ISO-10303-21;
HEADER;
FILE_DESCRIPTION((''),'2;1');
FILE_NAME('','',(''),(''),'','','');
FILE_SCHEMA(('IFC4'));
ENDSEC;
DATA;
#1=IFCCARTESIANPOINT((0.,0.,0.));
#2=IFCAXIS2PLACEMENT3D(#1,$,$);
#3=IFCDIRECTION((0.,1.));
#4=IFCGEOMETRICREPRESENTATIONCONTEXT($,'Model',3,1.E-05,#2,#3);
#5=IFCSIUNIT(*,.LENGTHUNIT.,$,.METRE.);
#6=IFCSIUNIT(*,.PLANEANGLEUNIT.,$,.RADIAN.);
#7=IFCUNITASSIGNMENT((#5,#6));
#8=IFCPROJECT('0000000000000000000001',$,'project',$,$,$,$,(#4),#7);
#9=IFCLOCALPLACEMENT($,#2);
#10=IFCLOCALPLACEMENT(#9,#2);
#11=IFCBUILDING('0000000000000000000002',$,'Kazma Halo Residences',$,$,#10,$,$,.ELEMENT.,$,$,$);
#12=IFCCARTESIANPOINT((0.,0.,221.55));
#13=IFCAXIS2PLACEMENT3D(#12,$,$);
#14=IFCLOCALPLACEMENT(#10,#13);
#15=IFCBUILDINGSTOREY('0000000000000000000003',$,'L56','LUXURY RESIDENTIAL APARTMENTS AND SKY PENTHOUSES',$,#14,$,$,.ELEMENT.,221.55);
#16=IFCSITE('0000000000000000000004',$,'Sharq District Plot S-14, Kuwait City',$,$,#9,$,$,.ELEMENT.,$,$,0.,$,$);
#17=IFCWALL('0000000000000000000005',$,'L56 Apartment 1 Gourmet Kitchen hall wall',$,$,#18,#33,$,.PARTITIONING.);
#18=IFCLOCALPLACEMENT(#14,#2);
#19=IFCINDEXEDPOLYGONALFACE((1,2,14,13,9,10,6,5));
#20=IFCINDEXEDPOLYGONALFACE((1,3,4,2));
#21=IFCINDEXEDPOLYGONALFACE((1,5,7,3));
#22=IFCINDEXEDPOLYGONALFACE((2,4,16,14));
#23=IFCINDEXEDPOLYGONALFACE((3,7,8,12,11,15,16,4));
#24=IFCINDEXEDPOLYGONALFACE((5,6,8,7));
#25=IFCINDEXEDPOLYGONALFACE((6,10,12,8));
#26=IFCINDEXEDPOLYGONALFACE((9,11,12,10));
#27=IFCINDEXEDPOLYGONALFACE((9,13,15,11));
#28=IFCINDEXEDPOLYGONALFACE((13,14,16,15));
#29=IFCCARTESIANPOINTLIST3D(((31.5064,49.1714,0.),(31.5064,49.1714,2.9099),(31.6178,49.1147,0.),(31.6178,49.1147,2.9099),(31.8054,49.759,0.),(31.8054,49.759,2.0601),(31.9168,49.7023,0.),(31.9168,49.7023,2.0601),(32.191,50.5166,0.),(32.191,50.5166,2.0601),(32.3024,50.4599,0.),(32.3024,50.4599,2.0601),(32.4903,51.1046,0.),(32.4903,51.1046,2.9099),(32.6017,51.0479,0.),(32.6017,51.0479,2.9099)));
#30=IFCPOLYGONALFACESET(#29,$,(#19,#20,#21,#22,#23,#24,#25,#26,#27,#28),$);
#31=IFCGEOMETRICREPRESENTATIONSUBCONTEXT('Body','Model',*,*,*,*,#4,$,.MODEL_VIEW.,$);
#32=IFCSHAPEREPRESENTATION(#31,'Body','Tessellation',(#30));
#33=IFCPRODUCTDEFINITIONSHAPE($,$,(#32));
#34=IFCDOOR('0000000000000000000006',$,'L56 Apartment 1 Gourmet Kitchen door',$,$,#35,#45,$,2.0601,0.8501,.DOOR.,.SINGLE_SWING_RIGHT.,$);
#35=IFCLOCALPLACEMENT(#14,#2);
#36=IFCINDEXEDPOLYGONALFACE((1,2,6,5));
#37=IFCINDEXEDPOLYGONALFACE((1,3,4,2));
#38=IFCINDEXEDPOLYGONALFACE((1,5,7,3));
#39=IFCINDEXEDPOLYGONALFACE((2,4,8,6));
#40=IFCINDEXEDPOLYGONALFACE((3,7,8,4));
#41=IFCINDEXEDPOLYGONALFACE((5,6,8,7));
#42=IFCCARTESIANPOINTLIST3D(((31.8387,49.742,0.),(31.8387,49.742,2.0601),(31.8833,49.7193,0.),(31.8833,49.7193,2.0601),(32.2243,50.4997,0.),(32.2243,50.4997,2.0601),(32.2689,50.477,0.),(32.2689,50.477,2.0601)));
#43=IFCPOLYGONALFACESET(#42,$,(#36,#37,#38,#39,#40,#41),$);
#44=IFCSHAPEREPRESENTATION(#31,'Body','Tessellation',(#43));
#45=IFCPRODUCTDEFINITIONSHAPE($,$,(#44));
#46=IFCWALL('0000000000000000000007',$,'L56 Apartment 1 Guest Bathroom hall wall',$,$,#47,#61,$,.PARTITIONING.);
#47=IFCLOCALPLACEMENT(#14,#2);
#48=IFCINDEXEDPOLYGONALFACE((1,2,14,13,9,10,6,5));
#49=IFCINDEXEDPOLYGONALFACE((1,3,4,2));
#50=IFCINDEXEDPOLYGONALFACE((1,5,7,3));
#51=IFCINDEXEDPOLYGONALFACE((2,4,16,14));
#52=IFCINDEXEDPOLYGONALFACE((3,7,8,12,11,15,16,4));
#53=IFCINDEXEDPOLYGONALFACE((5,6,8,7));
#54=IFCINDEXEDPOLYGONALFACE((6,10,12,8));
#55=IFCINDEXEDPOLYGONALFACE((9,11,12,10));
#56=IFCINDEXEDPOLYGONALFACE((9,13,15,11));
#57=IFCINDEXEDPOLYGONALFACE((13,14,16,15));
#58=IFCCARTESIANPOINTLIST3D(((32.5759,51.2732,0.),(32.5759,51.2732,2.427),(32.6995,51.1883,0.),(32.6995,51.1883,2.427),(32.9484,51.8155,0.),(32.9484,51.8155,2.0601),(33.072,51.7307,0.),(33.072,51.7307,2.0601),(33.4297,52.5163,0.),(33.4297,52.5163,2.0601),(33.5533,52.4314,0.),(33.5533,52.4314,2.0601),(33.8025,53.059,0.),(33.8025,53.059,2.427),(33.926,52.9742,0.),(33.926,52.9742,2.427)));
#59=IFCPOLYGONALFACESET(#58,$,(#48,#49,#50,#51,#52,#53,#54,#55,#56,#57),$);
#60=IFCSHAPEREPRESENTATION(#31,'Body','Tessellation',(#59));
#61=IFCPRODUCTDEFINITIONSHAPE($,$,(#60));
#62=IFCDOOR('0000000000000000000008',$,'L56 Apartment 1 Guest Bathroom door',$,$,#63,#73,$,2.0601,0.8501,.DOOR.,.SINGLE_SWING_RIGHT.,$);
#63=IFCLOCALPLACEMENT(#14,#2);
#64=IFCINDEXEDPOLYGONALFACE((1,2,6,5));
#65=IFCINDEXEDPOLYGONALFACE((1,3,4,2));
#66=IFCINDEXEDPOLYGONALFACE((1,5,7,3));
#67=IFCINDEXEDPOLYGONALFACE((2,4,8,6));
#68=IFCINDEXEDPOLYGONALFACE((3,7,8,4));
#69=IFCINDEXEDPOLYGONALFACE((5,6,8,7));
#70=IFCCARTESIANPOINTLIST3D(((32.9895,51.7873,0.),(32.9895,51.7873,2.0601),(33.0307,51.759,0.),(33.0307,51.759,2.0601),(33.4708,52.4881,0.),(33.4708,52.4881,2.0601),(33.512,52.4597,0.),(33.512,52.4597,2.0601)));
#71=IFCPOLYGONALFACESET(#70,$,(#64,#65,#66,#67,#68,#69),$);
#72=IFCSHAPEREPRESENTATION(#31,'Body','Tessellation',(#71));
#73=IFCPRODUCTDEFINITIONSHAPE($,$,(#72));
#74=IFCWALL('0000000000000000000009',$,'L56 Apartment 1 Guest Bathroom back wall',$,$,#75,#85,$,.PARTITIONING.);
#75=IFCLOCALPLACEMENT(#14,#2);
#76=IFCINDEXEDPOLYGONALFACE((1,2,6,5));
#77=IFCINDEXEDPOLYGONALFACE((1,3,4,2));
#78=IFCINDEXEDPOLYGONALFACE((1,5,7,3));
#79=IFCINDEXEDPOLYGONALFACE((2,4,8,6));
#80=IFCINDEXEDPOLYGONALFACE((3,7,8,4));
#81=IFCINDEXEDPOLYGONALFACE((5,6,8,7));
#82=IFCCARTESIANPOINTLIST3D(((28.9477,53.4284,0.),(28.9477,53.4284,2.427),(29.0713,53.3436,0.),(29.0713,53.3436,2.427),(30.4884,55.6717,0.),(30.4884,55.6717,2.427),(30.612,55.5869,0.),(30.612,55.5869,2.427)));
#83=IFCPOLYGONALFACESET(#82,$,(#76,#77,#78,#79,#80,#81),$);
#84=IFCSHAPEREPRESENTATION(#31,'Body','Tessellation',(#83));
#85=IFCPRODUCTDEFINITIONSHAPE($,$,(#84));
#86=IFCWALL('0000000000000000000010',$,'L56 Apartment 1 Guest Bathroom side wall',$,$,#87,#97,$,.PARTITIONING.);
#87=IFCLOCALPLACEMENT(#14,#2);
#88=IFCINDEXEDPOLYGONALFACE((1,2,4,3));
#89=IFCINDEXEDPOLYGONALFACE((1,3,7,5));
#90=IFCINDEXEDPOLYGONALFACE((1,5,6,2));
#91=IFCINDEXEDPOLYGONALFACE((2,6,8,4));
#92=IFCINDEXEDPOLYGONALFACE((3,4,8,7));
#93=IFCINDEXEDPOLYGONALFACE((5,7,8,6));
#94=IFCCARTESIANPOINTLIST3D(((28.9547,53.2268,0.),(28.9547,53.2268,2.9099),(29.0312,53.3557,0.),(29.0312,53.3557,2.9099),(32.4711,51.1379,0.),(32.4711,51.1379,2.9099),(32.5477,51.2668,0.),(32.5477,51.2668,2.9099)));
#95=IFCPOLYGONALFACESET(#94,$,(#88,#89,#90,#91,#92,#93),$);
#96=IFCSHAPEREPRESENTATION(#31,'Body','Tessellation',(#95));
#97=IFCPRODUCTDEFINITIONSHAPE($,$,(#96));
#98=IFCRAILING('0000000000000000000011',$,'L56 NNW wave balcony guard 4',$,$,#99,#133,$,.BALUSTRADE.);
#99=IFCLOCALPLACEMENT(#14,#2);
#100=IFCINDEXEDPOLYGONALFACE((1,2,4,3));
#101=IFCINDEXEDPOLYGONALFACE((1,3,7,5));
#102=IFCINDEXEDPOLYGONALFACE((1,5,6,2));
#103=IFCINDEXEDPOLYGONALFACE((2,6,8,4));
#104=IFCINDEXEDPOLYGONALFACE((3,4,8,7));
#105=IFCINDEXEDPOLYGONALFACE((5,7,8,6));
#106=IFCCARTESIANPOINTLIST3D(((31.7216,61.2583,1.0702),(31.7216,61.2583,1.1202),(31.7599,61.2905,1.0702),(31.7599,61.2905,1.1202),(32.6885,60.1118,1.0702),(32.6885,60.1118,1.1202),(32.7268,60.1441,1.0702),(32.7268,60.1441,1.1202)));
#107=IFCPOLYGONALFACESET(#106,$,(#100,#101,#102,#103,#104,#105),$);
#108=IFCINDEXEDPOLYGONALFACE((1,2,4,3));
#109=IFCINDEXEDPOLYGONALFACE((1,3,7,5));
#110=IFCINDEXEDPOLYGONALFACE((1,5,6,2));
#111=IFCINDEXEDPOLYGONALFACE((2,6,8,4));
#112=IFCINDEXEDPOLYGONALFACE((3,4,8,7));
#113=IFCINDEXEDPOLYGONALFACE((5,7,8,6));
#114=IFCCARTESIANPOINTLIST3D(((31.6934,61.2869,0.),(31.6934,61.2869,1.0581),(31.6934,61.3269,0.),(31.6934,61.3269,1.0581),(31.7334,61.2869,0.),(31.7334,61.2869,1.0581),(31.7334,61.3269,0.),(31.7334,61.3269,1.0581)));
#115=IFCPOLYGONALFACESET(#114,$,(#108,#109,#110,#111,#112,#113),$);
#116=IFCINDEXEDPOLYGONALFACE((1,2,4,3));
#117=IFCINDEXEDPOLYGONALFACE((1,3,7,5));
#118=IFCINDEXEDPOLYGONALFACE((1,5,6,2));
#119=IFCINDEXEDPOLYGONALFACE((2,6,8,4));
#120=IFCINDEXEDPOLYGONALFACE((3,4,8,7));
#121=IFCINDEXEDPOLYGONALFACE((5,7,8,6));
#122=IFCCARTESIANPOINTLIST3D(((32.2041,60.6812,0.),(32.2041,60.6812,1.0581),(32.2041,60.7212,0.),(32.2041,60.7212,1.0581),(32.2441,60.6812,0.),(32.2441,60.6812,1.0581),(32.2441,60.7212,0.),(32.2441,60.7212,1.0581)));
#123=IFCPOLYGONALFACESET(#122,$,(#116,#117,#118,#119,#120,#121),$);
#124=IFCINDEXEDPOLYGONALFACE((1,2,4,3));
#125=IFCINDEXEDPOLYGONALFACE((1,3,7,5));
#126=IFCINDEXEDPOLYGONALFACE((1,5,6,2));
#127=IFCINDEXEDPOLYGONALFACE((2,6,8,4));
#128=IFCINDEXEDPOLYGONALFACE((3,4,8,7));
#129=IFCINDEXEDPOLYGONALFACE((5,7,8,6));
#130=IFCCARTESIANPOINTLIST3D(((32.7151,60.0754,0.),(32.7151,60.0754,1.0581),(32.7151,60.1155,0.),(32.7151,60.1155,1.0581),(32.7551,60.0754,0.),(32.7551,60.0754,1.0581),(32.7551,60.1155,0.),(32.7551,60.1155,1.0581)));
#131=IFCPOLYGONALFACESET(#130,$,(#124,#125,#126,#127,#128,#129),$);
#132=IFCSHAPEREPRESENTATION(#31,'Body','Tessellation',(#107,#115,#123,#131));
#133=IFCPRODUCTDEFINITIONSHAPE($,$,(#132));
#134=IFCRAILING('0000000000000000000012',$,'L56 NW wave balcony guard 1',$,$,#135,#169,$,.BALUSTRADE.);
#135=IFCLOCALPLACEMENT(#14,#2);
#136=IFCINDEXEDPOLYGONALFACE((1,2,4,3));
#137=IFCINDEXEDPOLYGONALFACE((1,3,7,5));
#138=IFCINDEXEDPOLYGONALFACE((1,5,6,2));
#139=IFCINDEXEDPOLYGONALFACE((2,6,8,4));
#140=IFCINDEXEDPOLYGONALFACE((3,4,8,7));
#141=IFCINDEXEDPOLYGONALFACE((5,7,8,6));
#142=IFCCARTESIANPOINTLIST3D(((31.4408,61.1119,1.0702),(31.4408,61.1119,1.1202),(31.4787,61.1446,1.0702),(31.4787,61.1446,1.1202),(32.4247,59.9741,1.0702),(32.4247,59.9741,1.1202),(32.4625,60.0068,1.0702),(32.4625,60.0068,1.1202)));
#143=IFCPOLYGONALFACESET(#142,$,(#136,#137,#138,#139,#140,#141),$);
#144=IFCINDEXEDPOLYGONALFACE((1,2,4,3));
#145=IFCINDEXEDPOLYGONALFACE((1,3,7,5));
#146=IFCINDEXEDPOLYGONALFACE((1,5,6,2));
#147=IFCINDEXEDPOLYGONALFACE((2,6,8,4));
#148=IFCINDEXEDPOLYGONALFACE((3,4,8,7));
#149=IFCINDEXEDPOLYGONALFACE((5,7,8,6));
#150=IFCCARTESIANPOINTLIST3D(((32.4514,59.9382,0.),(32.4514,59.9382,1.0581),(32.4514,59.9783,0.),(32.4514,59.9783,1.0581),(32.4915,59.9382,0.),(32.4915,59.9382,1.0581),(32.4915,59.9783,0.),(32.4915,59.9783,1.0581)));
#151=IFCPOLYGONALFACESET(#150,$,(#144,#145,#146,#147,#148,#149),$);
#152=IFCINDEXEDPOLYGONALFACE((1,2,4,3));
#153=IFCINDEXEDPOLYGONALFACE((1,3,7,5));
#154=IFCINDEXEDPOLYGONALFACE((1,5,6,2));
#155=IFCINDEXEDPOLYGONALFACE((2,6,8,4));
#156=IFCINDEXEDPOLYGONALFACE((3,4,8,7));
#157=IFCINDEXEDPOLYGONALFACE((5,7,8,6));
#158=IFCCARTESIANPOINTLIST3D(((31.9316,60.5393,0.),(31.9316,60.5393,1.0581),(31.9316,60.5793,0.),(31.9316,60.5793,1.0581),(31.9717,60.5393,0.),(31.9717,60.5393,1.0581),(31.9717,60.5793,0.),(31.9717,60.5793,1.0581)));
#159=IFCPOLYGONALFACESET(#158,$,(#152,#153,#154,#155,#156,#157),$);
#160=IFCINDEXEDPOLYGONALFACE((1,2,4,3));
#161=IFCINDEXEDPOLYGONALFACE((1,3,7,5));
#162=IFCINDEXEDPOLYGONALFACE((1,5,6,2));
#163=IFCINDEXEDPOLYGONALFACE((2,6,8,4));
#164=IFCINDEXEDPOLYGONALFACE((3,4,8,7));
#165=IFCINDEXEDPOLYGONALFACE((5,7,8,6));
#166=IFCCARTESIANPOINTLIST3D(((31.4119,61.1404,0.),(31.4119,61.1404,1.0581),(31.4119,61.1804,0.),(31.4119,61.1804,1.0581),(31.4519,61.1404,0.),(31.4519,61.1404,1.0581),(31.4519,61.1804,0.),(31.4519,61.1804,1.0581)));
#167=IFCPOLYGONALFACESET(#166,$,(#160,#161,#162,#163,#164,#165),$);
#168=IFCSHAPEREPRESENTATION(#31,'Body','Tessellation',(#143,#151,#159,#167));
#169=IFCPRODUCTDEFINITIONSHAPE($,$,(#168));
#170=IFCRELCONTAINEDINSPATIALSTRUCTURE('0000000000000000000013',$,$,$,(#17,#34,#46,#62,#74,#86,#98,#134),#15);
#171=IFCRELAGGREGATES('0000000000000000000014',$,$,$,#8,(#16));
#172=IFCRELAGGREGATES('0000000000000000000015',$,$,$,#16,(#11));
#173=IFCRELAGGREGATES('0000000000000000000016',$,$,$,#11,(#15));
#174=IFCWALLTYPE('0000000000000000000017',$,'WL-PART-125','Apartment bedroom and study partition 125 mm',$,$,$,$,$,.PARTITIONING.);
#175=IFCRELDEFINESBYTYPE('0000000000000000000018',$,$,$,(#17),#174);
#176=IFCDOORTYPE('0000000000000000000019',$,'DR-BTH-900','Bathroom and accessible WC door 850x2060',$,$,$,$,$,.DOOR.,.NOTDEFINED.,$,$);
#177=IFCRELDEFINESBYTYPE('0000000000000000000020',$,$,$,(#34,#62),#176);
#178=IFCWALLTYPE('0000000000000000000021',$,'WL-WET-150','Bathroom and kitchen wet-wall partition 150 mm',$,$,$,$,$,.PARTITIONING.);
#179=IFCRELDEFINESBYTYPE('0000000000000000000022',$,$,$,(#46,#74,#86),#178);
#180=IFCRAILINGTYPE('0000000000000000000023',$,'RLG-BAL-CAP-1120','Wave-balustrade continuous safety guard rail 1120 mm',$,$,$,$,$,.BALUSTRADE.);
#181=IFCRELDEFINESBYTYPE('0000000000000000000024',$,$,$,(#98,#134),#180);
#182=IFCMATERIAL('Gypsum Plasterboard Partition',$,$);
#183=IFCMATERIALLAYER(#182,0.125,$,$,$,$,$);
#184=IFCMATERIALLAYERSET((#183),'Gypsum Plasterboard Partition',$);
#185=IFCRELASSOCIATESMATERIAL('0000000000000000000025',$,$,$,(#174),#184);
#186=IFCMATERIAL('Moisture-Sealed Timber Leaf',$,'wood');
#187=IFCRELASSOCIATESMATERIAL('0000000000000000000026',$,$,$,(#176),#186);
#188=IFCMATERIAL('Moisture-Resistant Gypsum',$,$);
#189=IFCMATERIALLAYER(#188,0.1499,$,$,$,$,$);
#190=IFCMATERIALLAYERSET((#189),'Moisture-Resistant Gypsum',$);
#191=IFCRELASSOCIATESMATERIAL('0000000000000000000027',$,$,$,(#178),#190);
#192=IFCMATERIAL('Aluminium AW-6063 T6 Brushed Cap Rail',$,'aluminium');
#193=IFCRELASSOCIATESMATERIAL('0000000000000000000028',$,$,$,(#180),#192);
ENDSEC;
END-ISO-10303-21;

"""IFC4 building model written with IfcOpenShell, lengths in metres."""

from ifc_helpers import new_model, si_unit, direction, frame, frame_2d, origin, origin_2d, place, context, subcontext, project, spatial, rectangle, extrude, material, layer, layer_set, type_object, element, fill, save


model = new_model("IFC4")

# Units and contexts
model_context = context("Model", 3, precision=1e-05, world=origin(), true_north=direction((0.0, 1.0)))
body_context = subcontext(model_context, "Body", "Model", "MODEL_VIEW")
ifc_project = project(units=[si_unit("LENGTHUNIT", "METRE"), si_unit("PLANEANGLEUNIT", "RADIAN")], contexts=[model_context])

# Site, building, storey
site_placement = place(None, origin())
site = spatial("IfcSite", under=ifc_project, at=site_placement, Name="Sharq District Plot S-14, Kuwait City", CompositionType="ELEMENT", RefElevation=0.0)
building_placement = place(site_placement, origin())
building = spatial("IfcBuilding", under=site, at=building_placement, Name="Kazma Halo Residences", CompositionType="ELEMENT")
storey_placement = place(building_placement, frame((0.0, 0.0, 221.55)))
storey = spatial("IfcBuildingStorey", under=building, at=storey_placement, Name="L56", Description="LUXURY RESIDENTIAL APARTMENTS AND SKY PENTHOUSES", CompositionType="ELEMENT", Elevation=221.55)

# Shared definitions
ifc_material_1 = material(Name="Gypsum Plasterboard Partition")
ifc_layer_1 = layer(ifc_material_1, 0.125)
ifc_layer_set_1 = layer_set([ifc_layer_1], Name="Gypsum Plasterboard Partition")
wall_type_1 = type_object("IfcWallType", Name="WL-PART-125", Description="Apartment bedroom and study partition 125 mm", PredefinedType="PARTITIONING", material=ifc_layer_set_1)

# Walls, openings, doors
ifc_material_2 = material(Name="Moisture-Sealed Timber Leaf", Category="wood")
door_type_1 = type_object("IfcDoorType", Name="DR-BTH-900", Description="Bathroom and accessible WC door 850x2060", OperationType="NOTDEFINED", PredefinedType="DOOR", material=ifc_material_2)
wall_1_placement = place(storey_placement, frame((32.5459, 51.0762, 0.0), z_axis=(0.0, 0.0, 1.0), x_axis=(-0.45355, -0.891231, 0.0)))
wall_1 = element("IfcWall", 1, at=wall_1_placement, inside=storey, type_object=wall_type_1, Name="L56 Apartment 1 Gourmet Kitchen hall wall", PredefinedType="PARTITIONING", context=body_context, shape_type="SweptSolid", body=[
    extrude(rectangle(XDim=2.1692, YDim=0.125, at=frame_2d((1.0845, 0.0))), origin(), (0.0, 0.0, 1.0), 2.9099),
])
opening_1_placement = place(wall_1_placement, frame((0.6597, 0.0, 0.0)))
opening_1 = element("IfcOpeningElement", 2, at=opening_1_placement, cuts=wall_1, PredefinedType="OPENING", context=body_context, shape_type="SweptSolid", body=[
    extrude(rectangle(XDim=0.8501, YDim=2.0601, at=frame_2d((0.425, 1.03))), frame((0.0, 0.0725, 0.0), z_axis=(0.0, -1.0, 0.0), x_axis=(1.0, 0.0, 0.0)), (0.0, 0.0, 1.0), 0.145),
])
door_1_placement = place(opening_1_placement, origin())
door_1 = element("IfcDoor", 3, at=door_1_placement, inside=storey, type_object=door_type_1, Name="L56 Apartment 1 Gourmet Kitchen door", OperationType="SINGLE_SWING_RIGHT", OverallHeight=2.0601, OverallWidth=0.8501, PredefinedType="DOOR", context=body_context, shape_type="SweptSolid", body=[
    extrude(rectangle(XDim=0.8501, YDim=2.0601, at=frame_2d((0.425, 1.03))), frame((0.0, 0.0249, 0.0), z_axis=(0.0, -1.0, 0.0), x_axis=(1.0, 0.0, 0.0)), (0.0, 0.0, 1.0), 0.05),
])
fill(opening_1, door_1)
ifc_material_3 = material(Name="Moisture-Resistant Gypsum")
ifc_layer_2 = layer(ifc_material_3, 0.1499)
ifc_layer_set_2 = layer_set([ifc_layer_2], Name="Moisture-Resistant Gypsum")
wall_type_2 = type_object("IfcWallType", Name="WL-WET-150", Description="Bathroom and kitchen wet-wall partition 150 mm", PredefinedType="PARTITIONING", material=ifc_layer_set_2)
wall_2_placement = place(storey_placement, frame((33.8643, 53.0166, 0.0), z_axis=(0.0, 0.0, 1.0), x_axis=(-0.566141, -0.824308, 0.0)))
wall_2 = element("IfcWall", 4, at=wall_2_placement, inside=storey, type_object=wall_type_2, Name="L56 Apartment 1 Guest Bathroom hall wall", PredefinedType="PARTITIONING", context=body_context, shape_type="SweptSolid", body=[
    extrude(rectangle(XDim=2.1665, YDim=0.1499, at=frame_2d((1.0833, 0.0))), origin(), (0.0, 0.0, 1.0), 2.427),
])
opening_2_placement = place(wall_2_placement, frame((0.6584, 0.0, 0.0)))
opening_2 = element("IfcOpeningElement", 5, at=opening_2_placement, cuts=wall_2, PredefinedType="OPENING", context=body_context, shape_type="SweptSolid", body=[
    extrude(rectangle(XDim=0.8501, YDim=2.0601, at=frame_2d((0.425, 1.03))), frame((0.0, 0.085, 0.0), z_axis=(0.0, -1.0, 0.0), x_axis=(1.0, 0.0, 0.0)), (0.0, 0.0, 1.0), 0.1699),
])
door_2_placement = place(opening_2_placement, origin())
door_2 = element("IfcDoor", 6, at=door_2_placement, inside=storey, type_object=door_type_1, Name="L56 Apartment 1 Guest Bathroom door", OperationType="SINGLE_SWING_RIGHT", OverallHeight=2.0601, OverallWidth=0.8501, PredefinedType="DOOR", context=body_context, shape_type="SweptSolid", body=[
    extrude(rectangle(XDim=0.8501, YDim=2.0601, at=frame_2d((0.425, 1.03))), frame((0.0, 0.0249, 0.0), z_axis=(0.0, -1.0, 0.0), x_axis=(1.0, 0.0, 0.0)), (0.0, 0.0, 1.0), 0.05),
])
fill(opening_2, door_2)

# Walls
wall_3_placement = place(storey_placement, frame((30.5503, 55.6294, 0.0), z_axis=(0.0, 0.0, 1.0), x_axis=(-0.566137, -0.824311, 0.0)))
element("IfcWall", 7, at=wall_3_placement, inside=storey, type_object=wall_type_2, Name="L56 Apartment 1 Guest Bathroom back wall", PredefinedType="PARTITIONING", context=body_context, shape_type="SweptSolid", body=[
    extrude(rectangle(XDim=2.7214, YDim=0.1499, at=frame_2d((1.3608, 0.0))), origin(), (0.0, 0.0, 1.0), 2.427),
])
wall_4_placement = place(storey_placement, frame((32.5093, 51.2024, 0.0), z_axis=(0.0, 0.0, 1.0), x_axis=(-0.859744, 0.510725, 0.0)))
element("IfcWall", 8, at=wall_4_placement, inside=storey, type_object=wall_type_2, Name="L56 Apartment 1 Guest Bathroom side wall", PredefinedType="PARTITIONING", context=body_context, shape_type="SweptSolid", body=[
    extrude(rectangle(XDim=4.0901, YDim=0.1499, at=frame_2d((2.0449, 0.0))), origin(), (0.0, 0.0, 1.0), 2.9099),
])

# Railings
ifc_material_4 = material(Name="Aluminium AW-6063 T6 Brushed Cap Rail", Category="aluminium")
railing_type = type_object("IfcRailingType", Name="RLG-BAL-CAP-1120", Description="Wave-balustrade continuous safety guard rail 1120 mm", PredefinedType="BALUSTRADE", material=ifc_material_4)
railing_1_placement = place(storey_placement, frame((31.7134, 61.3069, 0.0)))
element("IfcRailing", 9, at=railing_1_placement, inside=storey, type_object=railing_type, Name="L56 NNW wave balcony guard 4", PredefinedType="BALUSTRADE", context=body_context, shape_type="SweptSolid", body=[
    extrude(rectangle(XDim=0.05, YDim=0.05, at=origin_2d()), frame((0.0273, -0.0325, 1.0952), z_axis=(0.644719, -0.76442, 0.0), x_axis=(0.76442, 0.644719, 0.0)), (0.0, 0.0, 1.0), 1.4998),
    extrude(rectangle(XDim=0.04, YDim=0.04, at=origin_2d()), origin(), (0.0, 0.0, 1.0), 1.0581),
    extrude(rectangle(XDim=0.04, YDim=0.04, at=origin_2d()), frame((0.5107, -0.6057, 0.0)), (0.0, 0.0, 1.0), 1.0581),
    extrude(rectangle(XDim=0.04, YDim=0.04, at=origin_2d()), frame((1.0217, -1.2114, 0.0)), (0.0, 0.0, 1.0), 1.0581),
])
railing_2_placement = place(storey_placement, frame((32.4714, 59.9583, 0.0)))
element("IfcRailing", 10, at=railing_2_placement, inside=storey, type_object=railing_type, Name="L56 NW wave balcony guard 1", PredefinedType="BALUSTRADE", context=body_context, shape_type="SweptSolid", body=[
    extrude(rectangle(XDim=0.05, YDim=0.05, at=origin_2d()), frame((-0.0278, 0.0322, 1.0952), z_axis=(-0.6541, 0.756408, 0.0), x_axis=(-0.756408, -0.6541, 0.0)), (0.0, 0.0, 1.0), 1.5042),
    extrude(rectangle(XDim=0.04, YDim=0.04, at=origin_2d()), origin(), (0.0, 0.0, 1.0), 1.0581),
    extrude(rectangle(XDim=0.04, YDim=0.04, at=origin_2d()), frame((-0.5198, 0.6011, 0.0)), (0.0, 0.0, 1.0), 1.0581),
    extrude(rectangle(XDim=0.04, YDim=0.04, at=origin_2d()), frame((-1.0396, 1.2021, 0.0)), (0.0, 0.0, 1.0), 1.0581),
])

save(model, "model.ifc")
